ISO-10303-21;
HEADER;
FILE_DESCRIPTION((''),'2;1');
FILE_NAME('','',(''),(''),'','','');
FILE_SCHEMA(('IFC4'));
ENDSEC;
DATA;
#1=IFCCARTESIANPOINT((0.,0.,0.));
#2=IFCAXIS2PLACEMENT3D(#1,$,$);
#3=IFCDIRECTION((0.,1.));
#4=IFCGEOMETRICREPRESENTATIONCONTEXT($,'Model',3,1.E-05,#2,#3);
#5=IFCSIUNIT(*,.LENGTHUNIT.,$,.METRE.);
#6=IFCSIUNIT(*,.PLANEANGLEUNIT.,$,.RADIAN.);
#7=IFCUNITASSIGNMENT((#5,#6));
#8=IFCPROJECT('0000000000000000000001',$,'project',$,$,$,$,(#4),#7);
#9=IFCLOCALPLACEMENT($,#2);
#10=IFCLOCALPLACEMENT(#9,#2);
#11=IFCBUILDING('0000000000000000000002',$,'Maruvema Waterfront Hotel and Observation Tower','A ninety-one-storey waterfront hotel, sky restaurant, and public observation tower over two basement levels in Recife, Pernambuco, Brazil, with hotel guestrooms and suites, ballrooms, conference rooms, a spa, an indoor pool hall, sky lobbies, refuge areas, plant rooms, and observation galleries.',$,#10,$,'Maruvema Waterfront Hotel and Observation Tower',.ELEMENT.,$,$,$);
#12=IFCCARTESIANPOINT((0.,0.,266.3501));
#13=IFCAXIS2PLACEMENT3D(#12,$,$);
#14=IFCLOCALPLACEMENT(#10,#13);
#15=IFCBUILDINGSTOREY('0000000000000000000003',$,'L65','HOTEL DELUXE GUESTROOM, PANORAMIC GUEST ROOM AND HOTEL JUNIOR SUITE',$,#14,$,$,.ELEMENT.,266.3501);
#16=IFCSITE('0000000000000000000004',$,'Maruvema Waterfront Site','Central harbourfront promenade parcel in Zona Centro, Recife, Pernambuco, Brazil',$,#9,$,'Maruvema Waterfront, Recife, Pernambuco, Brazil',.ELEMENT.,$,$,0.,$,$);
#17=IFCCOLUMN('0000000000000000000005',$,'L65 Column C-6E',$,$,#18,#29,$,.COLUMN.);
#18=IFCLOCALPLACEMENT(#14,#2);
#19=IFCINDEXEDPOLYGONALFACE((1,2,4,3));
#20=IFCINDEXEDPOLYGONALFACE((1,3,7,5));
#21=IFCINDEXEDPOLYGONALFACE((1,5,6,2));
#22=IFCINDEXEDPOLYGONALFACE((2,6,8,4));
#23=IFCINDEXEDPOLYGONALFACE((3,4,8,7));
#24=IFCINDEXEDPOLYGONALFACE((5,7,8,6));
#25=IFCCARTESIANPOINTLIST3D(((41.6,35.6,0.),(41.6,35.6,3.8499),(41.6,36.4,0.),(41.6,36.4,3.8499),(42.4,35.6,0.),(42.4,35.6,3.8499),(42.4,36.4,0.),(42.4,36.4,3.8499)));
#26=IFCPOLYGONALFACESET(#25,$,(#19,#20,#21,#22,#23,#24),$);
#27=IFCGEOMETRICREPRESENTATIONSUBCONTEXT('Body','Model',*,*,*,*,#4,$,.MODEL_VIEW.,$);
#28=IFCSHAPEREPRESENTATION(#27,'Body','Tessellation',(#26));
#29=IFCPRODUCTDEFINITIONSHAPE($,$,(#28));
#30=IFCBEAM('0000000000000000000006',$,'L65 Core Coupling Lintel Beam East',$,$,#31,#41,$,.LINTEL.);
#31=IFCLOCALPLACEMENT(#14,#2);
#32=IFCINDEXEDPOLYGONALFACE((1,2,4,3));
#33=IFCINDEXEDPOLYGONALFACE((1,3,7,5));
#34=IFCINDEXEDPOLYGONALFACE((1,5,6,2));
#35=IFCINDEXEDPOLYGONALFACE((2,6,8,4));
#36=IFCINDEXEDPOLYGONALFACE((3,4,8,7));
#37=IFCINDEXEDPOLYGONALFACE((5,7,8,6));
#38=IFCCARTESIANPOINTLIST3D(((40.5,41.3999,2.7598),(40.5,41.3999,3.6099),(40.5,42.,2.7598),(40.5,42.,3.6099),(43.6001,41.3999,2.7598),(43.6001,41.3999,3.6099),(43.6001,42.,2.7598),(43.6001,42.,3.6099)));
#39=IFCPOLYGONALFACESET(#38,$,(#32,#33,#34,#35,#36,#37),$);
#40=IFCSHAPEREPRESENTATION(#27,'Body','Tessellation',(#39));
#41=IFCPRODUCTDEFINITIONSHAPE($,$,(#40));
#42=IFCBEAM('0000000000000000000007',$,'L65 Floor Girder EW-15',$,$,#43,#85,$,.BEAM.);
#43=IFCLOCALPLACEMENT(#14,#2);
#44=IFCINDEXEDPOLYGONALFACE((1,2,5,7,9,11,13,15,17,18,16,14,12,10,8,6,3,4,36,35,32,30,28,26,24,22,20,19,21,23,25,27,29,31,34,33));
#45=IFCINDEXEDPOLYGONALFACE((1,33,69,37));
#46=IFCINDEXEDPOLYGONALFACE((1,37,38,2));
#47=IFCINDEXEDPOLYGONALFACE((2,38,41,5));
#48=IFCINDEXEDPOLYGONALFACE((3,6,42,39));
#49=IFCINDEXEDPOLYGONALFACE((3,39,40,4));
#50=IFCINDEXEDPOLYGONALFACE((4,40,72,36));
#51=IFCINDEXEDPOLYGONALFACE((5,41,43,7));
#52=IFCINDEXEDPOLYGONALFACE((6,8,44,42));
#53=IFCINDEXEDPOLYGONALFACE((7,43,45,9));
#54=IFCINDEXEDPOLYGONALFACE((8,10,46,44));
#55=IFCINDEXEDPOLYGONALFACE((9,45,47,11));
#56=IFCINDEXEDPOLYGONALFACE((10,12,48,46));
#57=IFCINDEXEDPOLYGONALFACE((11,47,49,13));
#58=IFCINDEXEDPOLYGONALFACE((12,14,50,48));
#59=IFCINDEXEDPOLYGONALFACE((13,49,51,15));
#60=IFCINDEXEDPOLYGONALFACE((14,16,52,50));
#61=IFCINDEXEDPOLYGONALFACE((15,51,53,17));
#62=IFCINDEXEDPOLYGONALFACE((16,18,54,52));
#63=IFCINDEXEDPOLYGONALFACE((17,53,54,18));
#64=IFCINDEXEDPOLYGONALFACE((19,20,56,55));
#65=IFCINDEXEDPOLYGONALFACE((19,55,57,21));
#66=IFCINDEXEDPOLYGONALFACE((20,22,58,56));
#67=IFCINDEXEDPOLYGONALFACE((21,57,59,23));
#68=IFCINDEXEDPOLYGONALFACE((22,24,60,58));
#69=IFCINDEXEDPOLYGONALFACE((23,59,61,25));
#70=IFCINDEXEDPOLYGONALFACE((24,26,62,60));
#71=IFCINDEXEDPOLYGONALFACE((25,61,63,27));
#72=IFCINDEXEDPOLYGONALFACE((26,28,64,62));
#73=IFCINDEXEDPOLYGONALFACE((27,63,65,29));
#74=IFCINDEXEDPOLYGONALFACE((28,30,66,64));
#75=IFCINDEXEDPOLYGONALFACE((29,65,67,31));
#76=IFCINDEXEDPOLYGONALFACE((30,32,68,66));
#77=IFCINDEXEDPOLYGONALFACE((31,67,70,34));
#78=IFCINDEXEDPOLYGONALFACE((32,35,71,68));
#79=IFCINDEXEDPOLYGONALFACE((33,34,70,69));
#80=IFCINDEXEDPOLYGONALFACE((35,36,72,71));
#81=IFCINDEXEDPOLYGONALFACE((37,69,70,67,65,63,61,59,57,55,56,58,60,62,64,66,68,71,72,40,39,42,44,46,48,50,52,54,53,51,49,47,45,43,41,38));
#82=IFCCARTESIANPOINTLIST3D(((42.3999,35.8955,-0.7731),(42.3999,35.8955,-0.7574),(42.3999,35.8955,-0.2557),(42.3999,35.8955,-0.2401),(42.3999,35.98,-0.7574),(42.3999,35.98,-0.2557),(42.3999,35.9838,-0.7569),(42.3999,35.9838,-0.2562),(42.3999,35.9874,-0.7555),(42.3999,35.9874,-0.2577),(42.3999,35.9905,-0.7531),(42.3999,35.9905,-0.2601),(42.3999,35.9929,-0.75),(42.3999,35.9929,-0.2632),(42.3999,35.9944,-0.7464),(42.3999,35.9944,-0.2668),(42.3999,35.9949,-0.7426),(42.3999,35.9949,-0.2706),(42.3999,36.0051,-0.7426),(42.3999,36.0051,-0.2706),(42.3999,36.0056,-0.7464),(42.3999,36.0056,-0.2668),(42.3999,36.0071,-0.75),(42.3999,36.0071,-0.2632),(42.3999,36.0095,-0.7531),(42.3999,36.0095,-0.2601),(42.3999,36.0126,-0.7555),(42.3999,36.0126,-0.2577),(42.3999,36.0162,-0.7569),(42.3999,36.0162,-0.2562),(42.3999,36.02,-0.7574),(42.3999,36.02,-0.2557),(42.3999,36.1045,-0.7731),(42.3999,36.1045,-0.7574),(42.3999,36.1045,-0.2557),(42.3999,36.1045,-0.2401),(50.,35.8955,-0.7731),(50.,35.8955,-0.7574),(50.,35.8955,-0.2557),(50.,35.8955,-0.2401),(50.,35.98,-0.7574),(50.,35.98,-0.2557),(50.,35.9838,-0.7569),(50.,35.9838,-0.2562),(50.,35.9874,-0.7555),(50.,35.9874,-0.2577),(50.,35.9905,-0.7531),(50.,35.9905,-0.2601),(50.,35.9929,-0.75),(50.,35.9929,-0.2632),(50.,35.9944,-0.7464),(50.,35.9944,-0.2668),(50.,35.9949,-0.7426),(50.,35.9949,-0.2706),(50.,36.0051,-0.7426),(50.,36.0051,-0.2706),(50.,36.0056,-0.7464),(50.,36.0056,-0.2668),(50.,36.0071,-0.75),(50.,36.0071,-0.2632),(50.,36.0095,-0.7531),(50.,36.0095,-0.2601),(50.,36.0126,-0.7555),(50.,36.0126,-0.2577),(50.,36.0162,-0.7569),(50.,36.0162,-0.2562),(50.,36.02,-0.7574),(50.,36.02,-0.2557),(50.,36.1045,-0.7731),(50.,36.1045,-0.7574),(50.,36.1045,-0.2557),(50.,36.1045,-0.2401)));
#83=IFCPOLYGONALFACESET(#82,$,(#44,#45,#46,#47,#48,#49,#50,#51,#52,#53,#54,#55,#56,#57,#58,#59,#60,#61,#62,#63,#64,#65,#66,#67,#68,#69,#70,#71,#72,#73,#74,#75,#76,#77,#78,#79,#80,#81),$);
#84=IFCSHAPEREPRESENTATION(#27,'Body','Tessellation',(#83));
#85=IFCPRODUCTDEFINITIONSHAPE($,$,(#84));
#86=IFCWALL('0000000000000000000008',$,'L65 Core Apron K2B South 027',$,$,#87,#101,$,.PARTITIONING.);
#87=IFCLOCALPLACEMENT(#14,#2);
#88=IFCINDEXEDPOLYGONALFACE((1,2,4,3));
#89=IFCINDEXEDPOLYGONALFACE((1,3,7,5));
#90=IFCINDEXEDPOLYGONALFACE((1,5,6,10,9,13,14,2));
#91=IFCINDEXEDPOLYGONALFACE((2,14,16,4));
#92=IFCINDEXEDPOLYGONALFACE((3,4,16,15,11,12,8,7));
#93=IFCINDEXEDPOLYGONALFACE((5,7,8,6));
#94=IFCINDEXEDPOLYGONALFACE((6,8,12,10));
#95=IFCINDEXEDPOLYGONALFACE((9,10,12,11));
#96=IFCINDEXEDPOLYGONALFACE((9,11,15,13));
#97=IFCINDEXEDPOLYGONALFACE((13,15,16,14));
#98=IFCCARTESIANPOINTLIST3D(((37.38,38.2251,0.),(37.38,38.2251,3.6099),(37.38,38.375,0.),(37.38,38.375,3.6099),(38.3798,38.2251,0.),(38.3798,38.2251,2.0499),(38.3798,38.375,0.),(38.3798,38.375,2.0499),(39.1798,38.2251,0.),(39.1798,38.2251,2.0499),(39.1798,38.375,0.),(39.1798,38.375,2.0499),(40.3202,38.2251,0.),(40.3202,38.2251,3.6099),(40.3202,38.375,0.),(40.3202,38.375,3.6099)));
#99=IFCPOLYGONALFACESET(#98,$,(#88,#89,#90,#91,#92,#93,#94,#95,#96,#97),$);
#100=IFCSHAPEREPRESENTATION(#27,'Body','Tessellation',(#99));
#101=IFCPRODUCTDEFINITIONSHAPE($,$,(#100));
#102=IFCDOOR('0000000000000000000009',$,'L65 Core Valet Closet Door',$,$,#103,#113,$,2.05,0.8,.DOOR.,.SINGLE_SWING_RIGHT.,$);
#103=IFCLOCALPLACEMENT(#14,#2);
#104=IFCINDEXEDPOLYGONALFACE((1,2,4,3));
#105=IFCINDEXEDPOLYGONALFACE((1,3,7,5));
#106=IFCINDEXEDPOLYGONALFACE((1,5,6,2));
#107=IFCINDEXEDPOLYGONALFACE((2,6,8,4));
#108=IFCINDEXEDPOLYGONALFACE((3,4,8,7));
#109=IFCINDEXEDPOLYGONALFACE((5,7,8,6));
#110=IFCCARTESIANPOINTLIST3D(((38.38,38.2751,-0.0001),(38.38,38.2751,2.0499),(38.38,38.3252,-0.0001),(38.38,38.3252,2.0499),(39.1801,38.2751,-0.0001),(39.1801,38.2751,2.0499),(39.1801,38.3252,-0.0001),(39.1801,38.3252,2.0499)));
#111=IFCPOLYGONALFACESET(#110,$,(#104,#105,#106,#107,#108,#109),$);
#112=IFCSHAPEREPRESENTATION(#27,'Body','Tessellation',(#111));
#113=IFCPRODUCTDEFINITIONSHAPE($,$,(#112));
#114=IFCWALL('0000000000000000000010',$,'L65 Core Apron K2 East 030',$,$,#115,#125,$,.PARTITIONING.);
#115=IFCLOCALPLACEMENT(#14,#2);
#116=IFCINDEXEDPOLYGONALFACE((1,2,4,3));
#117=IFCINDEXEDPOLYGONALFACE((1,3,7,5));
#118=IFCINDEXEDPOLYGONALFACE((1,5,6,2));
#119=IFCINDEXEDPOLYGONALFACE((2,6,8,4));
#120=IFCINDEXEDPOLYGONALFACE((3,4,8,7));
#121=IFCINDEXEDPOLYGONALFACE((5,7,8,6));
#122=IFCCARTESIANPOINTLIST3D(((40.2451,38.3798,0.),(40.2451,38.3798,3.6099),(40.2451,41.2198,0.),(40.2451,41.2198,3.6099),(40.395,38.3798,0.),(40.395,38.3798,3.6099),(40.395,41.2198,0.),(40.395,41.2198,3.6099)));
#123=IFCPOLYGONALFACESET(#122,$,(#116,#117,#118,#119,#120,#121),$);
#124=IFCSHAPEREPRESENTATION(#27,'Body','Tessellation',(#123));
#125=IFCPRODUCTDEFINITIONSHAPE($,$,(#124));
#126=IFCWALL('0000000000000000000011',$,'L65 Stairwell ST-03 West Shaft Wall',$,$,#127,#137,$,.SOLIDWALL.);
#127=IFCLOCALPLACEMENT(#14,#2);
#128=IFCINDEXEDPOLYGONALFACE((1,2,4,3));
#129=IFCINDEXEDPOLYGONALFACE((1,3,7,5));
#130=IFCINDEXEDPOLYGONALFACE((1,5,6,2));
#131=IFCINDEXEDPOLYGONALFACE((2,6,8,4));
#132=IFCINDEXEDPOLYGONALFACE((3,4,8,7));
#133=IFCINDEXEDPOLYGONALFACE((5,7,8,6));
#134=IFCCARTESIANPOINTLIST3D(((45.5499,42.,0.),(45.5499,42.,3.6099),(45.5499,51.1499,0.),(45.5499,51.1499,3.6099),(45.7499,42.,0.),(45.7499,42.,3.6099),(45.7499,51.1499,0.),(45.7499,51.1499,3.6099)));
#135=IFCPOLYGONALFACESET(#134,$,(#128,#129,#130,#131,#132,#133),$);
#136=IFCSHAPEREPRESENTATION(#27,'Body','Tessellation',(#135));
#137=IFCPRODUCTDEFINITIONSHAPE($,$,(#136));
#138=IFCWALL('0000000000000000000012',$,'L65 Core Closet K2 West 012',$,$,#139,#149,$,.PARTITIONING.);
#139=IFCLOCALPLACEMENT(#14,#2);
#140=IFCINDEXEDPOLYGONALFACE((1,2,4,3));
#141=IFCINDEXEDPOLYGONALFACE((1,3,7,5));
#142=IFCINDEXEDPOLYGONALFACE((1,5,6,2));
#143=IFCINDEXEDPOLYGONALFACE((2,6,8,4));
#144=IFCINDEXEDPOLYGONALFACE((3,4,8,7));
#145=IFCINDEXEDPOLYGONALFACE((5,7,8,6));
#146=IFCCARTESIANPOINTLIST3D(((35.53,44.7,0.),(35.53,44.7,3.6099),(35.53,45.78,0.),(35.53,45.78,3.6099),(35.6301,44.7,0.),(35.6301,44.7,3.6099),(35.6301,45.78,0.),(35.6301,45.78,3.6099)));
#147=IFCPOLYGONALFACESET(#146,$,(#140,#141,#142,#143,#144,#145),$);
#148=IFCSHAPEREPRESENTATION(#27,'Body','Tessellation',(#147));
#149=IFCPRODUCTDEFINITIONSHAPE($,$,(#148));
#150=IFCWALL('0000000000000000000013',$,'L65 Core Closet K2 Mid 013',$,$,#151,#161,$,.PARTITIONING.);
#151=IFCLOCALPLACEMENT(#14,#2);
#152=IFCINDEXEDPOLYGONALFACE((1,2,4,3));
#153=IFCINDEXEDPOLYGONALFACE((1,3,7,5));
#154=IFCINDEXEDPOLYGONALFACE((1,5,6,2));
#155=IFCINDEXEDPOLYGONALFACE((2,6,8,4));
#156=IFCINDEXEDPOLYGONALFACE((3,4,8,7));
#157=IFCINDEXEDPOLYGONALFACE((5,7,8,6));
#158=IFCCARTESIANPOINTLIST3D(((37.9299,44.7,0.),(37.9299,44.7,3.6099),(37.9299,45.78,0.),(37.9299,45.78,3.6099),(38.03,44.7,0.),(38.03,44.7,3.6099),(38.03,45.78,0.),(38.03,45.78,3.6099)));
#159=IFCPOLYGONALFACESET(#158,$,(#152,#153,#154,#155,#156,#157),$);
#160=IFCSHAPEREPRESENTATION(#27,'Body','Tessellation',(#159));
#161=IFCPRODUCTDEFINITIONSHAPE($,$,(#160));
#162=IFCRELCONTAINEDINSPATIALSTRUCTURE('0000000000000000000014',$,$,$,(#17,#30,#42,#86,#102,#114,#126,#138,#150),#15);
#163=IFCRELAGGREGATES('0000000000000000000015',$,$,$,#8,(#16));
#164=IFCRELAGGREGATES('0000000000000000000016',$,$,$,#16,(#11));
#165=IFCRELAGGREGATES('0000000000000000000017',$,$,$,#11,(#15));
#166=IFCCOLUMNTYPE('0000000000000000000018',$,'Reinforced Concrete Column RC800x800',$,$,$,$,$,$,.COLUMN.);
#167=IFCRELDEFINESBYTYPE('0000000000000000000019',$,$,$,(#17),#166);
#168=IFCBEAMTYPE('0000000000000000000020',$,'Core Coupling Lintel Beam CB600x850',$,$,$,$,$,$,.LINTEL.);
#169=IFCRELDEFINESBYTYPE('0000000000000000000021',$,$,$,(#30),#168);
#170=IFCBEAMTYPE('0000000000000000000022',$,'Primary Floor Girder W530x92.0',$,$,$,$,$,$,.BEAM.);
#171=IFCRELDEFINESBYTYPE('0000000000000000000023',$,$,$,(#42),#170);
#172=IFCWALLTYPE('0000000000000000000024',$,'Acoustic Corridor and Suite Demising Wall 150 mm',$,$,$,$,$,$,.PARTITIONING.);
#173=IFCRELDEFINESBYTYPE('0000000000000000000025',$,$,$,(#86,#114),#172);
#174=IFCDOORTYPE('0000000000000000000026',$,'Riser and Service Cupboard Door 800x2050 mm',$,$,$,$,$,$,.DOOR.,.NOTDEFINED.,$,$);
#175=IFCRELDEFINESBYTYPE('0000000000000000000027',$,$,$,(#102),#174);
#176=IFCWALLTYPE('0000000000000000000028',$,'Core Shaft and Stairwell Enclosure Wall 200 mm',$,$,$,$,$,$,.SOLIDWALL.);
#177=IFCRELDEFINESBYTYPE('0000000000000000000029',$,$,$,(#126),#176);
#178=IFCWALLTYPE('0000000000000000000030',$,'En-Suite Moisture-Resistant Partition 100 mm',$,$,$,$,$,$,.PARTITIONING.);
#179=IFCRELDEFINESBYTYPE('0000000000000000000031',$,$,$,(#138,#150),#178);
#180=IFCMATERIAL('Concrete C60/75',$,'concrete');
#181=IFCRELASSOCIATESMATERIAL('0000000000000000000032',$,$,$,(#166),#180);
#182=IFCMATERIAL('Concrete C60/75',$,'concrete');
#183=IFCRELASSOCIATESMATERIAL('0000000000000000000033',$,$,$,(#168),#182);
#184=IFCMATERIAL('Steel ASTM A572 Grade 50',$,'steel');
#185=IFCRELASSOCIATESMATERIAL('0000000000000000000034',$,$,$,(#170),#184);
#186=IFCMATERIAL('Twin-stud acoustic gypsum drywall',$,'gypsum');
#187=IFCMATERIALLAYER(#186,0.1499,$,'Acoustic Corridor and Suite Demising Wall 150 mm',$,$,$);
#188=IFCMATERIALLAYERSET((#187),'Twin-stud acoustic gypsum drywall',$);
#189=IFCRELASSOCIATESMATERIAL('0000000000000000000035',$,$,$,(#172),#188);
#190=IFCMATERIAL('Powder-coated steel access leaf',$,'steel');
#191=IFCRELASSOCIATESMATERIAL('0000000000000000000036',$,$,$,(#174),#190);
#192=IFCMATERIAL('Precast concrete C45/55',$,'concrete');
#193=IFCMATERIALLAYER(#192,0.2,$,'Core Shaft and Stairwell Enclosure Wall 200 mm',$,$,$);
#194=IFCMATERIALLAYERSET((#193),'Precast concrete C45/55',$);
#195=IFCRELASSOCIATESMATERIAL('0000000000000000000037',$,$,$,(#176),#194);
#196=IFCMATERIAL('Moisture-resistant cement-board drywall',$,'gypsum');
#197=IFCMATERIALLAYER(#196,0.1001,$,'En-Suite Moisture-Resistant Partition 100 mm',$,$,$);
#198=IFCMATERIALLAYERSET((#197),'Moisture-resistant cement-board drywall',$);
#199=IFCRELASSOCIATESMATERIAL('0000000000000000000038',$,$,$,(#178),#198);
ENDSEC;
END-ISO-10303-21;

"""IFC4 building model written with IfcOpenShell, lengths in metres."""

from ifc_helpers import new_model, si_unit, direction, frame, frame_2d, origin, origin_2d, place, context, subcontext, project, spatial, rectangle, i_section, extrude, material, layer, layer_set, material_profile, profile_set, type_object, element, fill, save


model = new_model("IFC4")

# Units and contexts
model_context = context("Model", 3, precision=1e-05, world=origin(), true_north=direction((0.0, 1.0)))
body_context = subcontext(model_context, "Body", "Model", "MODEL_VIEW")
ifc_project = project(units=[si_unit("LENGTHUNIT", "METRE"), si_unit("PLANEANGLEUNIT", "RADIAN")], contexts=[model_context])

# Site, building, storey
site_placement = place(None, origin())
site = spatial("IfcSite", under=ifc_project, at=site_placement, Name="Maruvema Waterfront Site", Description="Central harbourfront promenade parcel in Zona Centro, Recife, Pernambuco, Brazil", LongName="Maruvema Waterfront, Recife, Pernambuco, Brazil", CompositionType="ELEMENT", RefElevation=0.0)
building_placement = place(site_placement, origin())
building = spatial("IfcBuilding", under=site, at=building_placement, Name="Maruvema Waterfront Hotel and Observation Tower", Description="A ninety-one-storey waterfront hotel, sky restaurant, and public observation tower over two basement levels in Recife, Pernambuco, Brazil, with hotel guestrooms and suites, ballrooms, conference rooms, a spa, an indoor pool hall, sky lobbies, refuge areas, plant rooms, and observation galleries.", LongName="Maruvema Waterfront Hotel and Observation Tower", CompositionType="ELEMENT")
storey_placement = place(building_placement, frame((0.0, 0.0, 266.3501)))
storey = spatial("IfcBuildingStorey", under=building, at=storey_placement, Name="L65", Description="HOTEL DELUXE GUESTROOM, PANORAMIC GUEST ROOM AND HOTEL JUNIOR SUITE", CompositionType="ELEMENT", Elevation=266.3501)

# Column
ifc_material_1 = material(Name="Concrete C60/75", Category="concrete")
ifc_material_profile_1 = material_profile(ifc_material_1, rectangle(XDim=0.8, YDim=0.8, at=origin_2d()), Name="RC800x800")
ifc_profile_set_1 = profile_set([ifc_material_profile_1], Name="Concrete C60/75")
column_type = type_object("IfcColumnType", Name="Reinforced Concrete Column RC800x800", PredefinedType="COLUMN", material=ifc_profile_set_1)
column_placement = place(storey_placement, frame((42.0, 36.0, 0.0), z_axis=(0.0, 0.0, 1.0), x_axis=(1.0, 0.0, 0.0)))
element("IfcColumn", 1, at=column_placement, inside=storey, type_object=column_type, Name="L65 Column C-6E", PredefinedType="COLUMN", context=body_context, shape_type="SweptSolid", body=[
    extrude(rectangle(XDim=0.8, YDim=0.8, at=origin_2d()), origin(), (0.0, 0.0, 1.0), 3.8499),
])

# Beams
ifc_material_2 = material(Name="Concrete C60/75", Category="concrete")
ifc_material_profile_2 = material_profile(ifc_material_2, rectangle(XDim=0.6001, YDim=0.8501, at=origin_2d()), Name="CB600x850")
ifc_profile_set_2 = profile_set([ifc_material_profile_2], Name="Concrete C60/75")
beam_type_1 = type_object("IfcBeamType", Name="Core Coupling Lintel Beam CB600x850", PredefinedType="LINTEL", material=ifc_profile_set_2)
beam_1_placement = place(storey_placement, frame((40.5, 41.7, 3.1848), z_axis=(1.0, 0.0, 0.0), x_axis=(0.0, 1.0, 0.0)))
element("IfcBeam", 2, at=beam_1_placement, inside=storey, type_object=beam_type_1, Name="L65 Core Coupling Lintel Beam East", PredefinedType="LINTEL", context=body_context, shape_type="SweptSolid", body=[
    extrude(rectangle(XDim=0.6001, YDim=0.8501, at=origin_2d()), origin(), (0.0, 0.0, 1.0), 3.1001),
])
ifc_material_3 = material(Name="Steel ASTM A572 Grade 50", Category="steel")
ifc_material_profile_3 = material_profile(ifc_material_3, i_section(OverallWidth=0.209, OverallDepth=0.533, WebThickness=0.0103, FlangeThickness=0.0156, FilletRadius=0.0149, at=origin_2d()), Name="W530x92.0")
ifc_profile_set_3 = profile_set([ifc_material_profile_3], Name="Steel ASTM A572 Grade 50")
beam_type_2 = type_object("IfcBeamType", Name="Primary Floor Girder W530x92.0", PredefinedType="BEAM", material=ifc_profile_set_3)
beam_2_placement = place(storey_placement, frame((42.3999, 36.0, -0.5066), z_axis=(1.0, 0.0, 0.0), x_axis=(0.0, 1.0, 0.0)))
element("IfcBeam", 3, at=beam_2_placement, inside=storey, type_object=beam_type_2, Name="L65 Floor Girder EW-15", PredefinedType="BEAM", context=body_context, shape_type="SweptSolid", body=[
    extrude(i_section(OverallWidth=0.209, OverallDepth=0.533, WebThickness=0.0103, FlangeThickness=0.0156, FilletRadius=0.0149, at=origin_2d()), origin(), (0.0, 0.0, 1.0), 7.6001),
])

# Wall, opening, door
ifc_material_4 = material(Name="Twin-stud acoustic gypsum drywall", Category="gypsum")
ifc_layer_1 = layer(ifc_material_4, 0.1499, Name="Acoustic Corridor and Suite Demising Wall 150 mm")
ifc_layer_set_1 = layer_set([ifc_layer_1], Name="Twin-stud acoustic gypsum drywall")
wall_type_1 = type_object("IfcWallType", Name="Acoustic Corridor and Suite Demising Wall 150 mm", PredefinedType="PARTITIONING", material=ifc_layer_set_1)
wall_1_placement = place(storey_placement, frame((37.3799, 38.3, 0.0), z_axis=(0.0, 0.0, 1.0), x_axis=(1.0, 0.0, 0.0)))
wall_1 = element("IfcWall", 4, at=wall_1_placement, inside=storey, type_object=wall_type_1, Name="L65 Core Apron K2B South 027", PredefinedType="PARTITIONING", context=body_context, shape_type="SweptSolid", body=[
    extrude(rectangle(XDim=2.9402, YDim=0.1499, at=frame_2d((1.4702, 0.0))), origin(), (0.0, 0.0, 1.0), 3.6099),
])
opening_1_placement = place(wall_1_placement, frame((1.0, 0.0, 0.0)))
opening_1 = element("IfcOpeningElement", 5, at=opening_1_placement, cuts=wall_1, PredefinedType="OPENING", context=body_context, shape_type="SweptSolid", body=[
    extrude(rectangle(XDim=0.8, YDim=2.05, at=frame_2d((0.3999, 1.0249))), frame((0.0, 0.085, 0.0), z_axis=(0.0, -1.0, 0.0), x_axis=(1.0, 0.0, 0.0)), (0.0, 0.0, 1.0), 0.1699),
])
ifc_material_5 = material(Name="Powder-coated steel access leaf", Category="steel")
door_type_1 = type_object("IfcDoorType", Name="Riser and Service Cupboard Door 800x2050 mm", OperationType="NOTDEFINED", PredefinedType="DOOR", material=ifc_material_5)
door_1_placement = place(opening_1_placement, frame((0.8, 0.0, 0.0), z_axis=(0.0, 0.0, 1.0), x_axis=(-1.0, 0.0, 0.0)))
door_1 = element("IfcDoor", 6, at=door_1_placement, inside=storey, type_object=door_type_1, Name="L65 Core Valet Closet Door", OperationType="SINGLE_SWING_RIGHT", OverallHeight=2.05, OverallWidth=0.8, PredefinedType="DOOR", context=body_context, shape_type="SweptSolid", body=[
    extrude(rectangle(XDim=0.8, YDim=2.05, at=frame_2d((0.3999, 1.0249))), frame((0.0, 0.0249, 0.0), z_axis=(0.0, -1.0, 0.0), x_axis=(1.0, 0.0, 0.0)), (0.0, 0.0, 1.0), 0.05),
])
fill(opening_1, door_1)

# Walls
wall_2_placement = place(storey_placement, frame((40.3201, 38.3799, 0.0), z_axis=(0.0, 0.0, 1.0), x_axis=(0.0, 1.0, 0.0)))
element("IfcWall", 7, at=wall_2_placement, inside=storey, type_object=wall_type_1, Name="L65 Core Apron K2 East 030", PredefinedType="PARTITIONING", context=body_context, shape_type="SweptSolid", body=[
    extrude(rectangle(XDim=2.8401, YDim=0.1499, at=frame_2d((1.4199, 0.0))), origin(), (0.0, 0.0, 1.0), 3.6099),
])
ifc_material_6 = material(Name="Precast concrete C45/55", Category="concrete")
ifc_layer_2 = layer(ifc_material_6, 0.2, Name="Core Shaft and Stairwell Enclosure Wall 200 mm")
ifc_layer_set_2 = layer_set([ifc_layer_2], Name="Precast concrete C45/55")
wall_type_2 = type_object("IfcWallType", Name="Core Shaft and Stairwell Enclosure Wall 200 mm", PredefinedType="SOLIDWALL", material=ifc_layer_set_2)
wall_3_placement = place(storey_placement, frame((45.6499, 42.0, 0.0), z_axis=(0.0, 0.0, 1.0), x_axis=(0.0, 1.0, 0.0)))
element("IfcWall", 8, at=wall_3_placement, inside=storey, type_object=wall_type_2, Name="L65 Stairwell ST-03 West Shaft Wall", PredefinedType="SOLIDWALL", context=body_context, shape_type="SweptSolid", body=[
    extrude(rectangle(XDim=9.1499, YDim=0.2, at=frame_2d((4.575, 0.0))), origin(), (0.0, 0.0, 1.0), 3.6099),
])

# Walls
ifc_material_7 = material(Name="Moisture-resistant cement-board drywall", Category="gypsum")
ifc_layer_3 = layer(ifc_material_7, 0.1001, Name="En-Suite Moisture-Resistant Partition 100 mm")
ifc_layer_set_3 = layer_set([ifc_layer_3], Name="Moisture-resistant cement-board drywall")
wall_type_3 = type_object("IfcWallType", Name="En-Suite Moisture-Resistant Partition 100 mm", PredefinedType="PARTITIONING", material=ifc_layer_set_3)
for number, where, z_axis, x_axis, name in (
    (9, (35.5801, 44.7, 0.0), (0.0, 0.0, 1.0), (0.0, 1.0, 0.0), "L65 Core Closet K2 West 012"),
    (10, (37.98, 44.7, 0.0), (0.0, 0.0, 1.0), (0.0, 1.0, 0.0), "L65 Core Closet K2 Mid 013"),
):
    element("IfcWall", number, at=place(storey_placement, frame(where, z_axis=z_axis, x_axis=x_axis)), inside=storey, type_object=wall_type_3, Name=name, PredefinedType="PARTITIONING", context=body_context, shape_type="SweptSolid", body=[
        extrude(rectangle(XDim=1.0801, YDim=0.1001, at=frame_2d((0.54, 0.0))), origin(), (0.0, 0.0, 1.0), 3.6099),
    ])

save(model, "model.ifc")
